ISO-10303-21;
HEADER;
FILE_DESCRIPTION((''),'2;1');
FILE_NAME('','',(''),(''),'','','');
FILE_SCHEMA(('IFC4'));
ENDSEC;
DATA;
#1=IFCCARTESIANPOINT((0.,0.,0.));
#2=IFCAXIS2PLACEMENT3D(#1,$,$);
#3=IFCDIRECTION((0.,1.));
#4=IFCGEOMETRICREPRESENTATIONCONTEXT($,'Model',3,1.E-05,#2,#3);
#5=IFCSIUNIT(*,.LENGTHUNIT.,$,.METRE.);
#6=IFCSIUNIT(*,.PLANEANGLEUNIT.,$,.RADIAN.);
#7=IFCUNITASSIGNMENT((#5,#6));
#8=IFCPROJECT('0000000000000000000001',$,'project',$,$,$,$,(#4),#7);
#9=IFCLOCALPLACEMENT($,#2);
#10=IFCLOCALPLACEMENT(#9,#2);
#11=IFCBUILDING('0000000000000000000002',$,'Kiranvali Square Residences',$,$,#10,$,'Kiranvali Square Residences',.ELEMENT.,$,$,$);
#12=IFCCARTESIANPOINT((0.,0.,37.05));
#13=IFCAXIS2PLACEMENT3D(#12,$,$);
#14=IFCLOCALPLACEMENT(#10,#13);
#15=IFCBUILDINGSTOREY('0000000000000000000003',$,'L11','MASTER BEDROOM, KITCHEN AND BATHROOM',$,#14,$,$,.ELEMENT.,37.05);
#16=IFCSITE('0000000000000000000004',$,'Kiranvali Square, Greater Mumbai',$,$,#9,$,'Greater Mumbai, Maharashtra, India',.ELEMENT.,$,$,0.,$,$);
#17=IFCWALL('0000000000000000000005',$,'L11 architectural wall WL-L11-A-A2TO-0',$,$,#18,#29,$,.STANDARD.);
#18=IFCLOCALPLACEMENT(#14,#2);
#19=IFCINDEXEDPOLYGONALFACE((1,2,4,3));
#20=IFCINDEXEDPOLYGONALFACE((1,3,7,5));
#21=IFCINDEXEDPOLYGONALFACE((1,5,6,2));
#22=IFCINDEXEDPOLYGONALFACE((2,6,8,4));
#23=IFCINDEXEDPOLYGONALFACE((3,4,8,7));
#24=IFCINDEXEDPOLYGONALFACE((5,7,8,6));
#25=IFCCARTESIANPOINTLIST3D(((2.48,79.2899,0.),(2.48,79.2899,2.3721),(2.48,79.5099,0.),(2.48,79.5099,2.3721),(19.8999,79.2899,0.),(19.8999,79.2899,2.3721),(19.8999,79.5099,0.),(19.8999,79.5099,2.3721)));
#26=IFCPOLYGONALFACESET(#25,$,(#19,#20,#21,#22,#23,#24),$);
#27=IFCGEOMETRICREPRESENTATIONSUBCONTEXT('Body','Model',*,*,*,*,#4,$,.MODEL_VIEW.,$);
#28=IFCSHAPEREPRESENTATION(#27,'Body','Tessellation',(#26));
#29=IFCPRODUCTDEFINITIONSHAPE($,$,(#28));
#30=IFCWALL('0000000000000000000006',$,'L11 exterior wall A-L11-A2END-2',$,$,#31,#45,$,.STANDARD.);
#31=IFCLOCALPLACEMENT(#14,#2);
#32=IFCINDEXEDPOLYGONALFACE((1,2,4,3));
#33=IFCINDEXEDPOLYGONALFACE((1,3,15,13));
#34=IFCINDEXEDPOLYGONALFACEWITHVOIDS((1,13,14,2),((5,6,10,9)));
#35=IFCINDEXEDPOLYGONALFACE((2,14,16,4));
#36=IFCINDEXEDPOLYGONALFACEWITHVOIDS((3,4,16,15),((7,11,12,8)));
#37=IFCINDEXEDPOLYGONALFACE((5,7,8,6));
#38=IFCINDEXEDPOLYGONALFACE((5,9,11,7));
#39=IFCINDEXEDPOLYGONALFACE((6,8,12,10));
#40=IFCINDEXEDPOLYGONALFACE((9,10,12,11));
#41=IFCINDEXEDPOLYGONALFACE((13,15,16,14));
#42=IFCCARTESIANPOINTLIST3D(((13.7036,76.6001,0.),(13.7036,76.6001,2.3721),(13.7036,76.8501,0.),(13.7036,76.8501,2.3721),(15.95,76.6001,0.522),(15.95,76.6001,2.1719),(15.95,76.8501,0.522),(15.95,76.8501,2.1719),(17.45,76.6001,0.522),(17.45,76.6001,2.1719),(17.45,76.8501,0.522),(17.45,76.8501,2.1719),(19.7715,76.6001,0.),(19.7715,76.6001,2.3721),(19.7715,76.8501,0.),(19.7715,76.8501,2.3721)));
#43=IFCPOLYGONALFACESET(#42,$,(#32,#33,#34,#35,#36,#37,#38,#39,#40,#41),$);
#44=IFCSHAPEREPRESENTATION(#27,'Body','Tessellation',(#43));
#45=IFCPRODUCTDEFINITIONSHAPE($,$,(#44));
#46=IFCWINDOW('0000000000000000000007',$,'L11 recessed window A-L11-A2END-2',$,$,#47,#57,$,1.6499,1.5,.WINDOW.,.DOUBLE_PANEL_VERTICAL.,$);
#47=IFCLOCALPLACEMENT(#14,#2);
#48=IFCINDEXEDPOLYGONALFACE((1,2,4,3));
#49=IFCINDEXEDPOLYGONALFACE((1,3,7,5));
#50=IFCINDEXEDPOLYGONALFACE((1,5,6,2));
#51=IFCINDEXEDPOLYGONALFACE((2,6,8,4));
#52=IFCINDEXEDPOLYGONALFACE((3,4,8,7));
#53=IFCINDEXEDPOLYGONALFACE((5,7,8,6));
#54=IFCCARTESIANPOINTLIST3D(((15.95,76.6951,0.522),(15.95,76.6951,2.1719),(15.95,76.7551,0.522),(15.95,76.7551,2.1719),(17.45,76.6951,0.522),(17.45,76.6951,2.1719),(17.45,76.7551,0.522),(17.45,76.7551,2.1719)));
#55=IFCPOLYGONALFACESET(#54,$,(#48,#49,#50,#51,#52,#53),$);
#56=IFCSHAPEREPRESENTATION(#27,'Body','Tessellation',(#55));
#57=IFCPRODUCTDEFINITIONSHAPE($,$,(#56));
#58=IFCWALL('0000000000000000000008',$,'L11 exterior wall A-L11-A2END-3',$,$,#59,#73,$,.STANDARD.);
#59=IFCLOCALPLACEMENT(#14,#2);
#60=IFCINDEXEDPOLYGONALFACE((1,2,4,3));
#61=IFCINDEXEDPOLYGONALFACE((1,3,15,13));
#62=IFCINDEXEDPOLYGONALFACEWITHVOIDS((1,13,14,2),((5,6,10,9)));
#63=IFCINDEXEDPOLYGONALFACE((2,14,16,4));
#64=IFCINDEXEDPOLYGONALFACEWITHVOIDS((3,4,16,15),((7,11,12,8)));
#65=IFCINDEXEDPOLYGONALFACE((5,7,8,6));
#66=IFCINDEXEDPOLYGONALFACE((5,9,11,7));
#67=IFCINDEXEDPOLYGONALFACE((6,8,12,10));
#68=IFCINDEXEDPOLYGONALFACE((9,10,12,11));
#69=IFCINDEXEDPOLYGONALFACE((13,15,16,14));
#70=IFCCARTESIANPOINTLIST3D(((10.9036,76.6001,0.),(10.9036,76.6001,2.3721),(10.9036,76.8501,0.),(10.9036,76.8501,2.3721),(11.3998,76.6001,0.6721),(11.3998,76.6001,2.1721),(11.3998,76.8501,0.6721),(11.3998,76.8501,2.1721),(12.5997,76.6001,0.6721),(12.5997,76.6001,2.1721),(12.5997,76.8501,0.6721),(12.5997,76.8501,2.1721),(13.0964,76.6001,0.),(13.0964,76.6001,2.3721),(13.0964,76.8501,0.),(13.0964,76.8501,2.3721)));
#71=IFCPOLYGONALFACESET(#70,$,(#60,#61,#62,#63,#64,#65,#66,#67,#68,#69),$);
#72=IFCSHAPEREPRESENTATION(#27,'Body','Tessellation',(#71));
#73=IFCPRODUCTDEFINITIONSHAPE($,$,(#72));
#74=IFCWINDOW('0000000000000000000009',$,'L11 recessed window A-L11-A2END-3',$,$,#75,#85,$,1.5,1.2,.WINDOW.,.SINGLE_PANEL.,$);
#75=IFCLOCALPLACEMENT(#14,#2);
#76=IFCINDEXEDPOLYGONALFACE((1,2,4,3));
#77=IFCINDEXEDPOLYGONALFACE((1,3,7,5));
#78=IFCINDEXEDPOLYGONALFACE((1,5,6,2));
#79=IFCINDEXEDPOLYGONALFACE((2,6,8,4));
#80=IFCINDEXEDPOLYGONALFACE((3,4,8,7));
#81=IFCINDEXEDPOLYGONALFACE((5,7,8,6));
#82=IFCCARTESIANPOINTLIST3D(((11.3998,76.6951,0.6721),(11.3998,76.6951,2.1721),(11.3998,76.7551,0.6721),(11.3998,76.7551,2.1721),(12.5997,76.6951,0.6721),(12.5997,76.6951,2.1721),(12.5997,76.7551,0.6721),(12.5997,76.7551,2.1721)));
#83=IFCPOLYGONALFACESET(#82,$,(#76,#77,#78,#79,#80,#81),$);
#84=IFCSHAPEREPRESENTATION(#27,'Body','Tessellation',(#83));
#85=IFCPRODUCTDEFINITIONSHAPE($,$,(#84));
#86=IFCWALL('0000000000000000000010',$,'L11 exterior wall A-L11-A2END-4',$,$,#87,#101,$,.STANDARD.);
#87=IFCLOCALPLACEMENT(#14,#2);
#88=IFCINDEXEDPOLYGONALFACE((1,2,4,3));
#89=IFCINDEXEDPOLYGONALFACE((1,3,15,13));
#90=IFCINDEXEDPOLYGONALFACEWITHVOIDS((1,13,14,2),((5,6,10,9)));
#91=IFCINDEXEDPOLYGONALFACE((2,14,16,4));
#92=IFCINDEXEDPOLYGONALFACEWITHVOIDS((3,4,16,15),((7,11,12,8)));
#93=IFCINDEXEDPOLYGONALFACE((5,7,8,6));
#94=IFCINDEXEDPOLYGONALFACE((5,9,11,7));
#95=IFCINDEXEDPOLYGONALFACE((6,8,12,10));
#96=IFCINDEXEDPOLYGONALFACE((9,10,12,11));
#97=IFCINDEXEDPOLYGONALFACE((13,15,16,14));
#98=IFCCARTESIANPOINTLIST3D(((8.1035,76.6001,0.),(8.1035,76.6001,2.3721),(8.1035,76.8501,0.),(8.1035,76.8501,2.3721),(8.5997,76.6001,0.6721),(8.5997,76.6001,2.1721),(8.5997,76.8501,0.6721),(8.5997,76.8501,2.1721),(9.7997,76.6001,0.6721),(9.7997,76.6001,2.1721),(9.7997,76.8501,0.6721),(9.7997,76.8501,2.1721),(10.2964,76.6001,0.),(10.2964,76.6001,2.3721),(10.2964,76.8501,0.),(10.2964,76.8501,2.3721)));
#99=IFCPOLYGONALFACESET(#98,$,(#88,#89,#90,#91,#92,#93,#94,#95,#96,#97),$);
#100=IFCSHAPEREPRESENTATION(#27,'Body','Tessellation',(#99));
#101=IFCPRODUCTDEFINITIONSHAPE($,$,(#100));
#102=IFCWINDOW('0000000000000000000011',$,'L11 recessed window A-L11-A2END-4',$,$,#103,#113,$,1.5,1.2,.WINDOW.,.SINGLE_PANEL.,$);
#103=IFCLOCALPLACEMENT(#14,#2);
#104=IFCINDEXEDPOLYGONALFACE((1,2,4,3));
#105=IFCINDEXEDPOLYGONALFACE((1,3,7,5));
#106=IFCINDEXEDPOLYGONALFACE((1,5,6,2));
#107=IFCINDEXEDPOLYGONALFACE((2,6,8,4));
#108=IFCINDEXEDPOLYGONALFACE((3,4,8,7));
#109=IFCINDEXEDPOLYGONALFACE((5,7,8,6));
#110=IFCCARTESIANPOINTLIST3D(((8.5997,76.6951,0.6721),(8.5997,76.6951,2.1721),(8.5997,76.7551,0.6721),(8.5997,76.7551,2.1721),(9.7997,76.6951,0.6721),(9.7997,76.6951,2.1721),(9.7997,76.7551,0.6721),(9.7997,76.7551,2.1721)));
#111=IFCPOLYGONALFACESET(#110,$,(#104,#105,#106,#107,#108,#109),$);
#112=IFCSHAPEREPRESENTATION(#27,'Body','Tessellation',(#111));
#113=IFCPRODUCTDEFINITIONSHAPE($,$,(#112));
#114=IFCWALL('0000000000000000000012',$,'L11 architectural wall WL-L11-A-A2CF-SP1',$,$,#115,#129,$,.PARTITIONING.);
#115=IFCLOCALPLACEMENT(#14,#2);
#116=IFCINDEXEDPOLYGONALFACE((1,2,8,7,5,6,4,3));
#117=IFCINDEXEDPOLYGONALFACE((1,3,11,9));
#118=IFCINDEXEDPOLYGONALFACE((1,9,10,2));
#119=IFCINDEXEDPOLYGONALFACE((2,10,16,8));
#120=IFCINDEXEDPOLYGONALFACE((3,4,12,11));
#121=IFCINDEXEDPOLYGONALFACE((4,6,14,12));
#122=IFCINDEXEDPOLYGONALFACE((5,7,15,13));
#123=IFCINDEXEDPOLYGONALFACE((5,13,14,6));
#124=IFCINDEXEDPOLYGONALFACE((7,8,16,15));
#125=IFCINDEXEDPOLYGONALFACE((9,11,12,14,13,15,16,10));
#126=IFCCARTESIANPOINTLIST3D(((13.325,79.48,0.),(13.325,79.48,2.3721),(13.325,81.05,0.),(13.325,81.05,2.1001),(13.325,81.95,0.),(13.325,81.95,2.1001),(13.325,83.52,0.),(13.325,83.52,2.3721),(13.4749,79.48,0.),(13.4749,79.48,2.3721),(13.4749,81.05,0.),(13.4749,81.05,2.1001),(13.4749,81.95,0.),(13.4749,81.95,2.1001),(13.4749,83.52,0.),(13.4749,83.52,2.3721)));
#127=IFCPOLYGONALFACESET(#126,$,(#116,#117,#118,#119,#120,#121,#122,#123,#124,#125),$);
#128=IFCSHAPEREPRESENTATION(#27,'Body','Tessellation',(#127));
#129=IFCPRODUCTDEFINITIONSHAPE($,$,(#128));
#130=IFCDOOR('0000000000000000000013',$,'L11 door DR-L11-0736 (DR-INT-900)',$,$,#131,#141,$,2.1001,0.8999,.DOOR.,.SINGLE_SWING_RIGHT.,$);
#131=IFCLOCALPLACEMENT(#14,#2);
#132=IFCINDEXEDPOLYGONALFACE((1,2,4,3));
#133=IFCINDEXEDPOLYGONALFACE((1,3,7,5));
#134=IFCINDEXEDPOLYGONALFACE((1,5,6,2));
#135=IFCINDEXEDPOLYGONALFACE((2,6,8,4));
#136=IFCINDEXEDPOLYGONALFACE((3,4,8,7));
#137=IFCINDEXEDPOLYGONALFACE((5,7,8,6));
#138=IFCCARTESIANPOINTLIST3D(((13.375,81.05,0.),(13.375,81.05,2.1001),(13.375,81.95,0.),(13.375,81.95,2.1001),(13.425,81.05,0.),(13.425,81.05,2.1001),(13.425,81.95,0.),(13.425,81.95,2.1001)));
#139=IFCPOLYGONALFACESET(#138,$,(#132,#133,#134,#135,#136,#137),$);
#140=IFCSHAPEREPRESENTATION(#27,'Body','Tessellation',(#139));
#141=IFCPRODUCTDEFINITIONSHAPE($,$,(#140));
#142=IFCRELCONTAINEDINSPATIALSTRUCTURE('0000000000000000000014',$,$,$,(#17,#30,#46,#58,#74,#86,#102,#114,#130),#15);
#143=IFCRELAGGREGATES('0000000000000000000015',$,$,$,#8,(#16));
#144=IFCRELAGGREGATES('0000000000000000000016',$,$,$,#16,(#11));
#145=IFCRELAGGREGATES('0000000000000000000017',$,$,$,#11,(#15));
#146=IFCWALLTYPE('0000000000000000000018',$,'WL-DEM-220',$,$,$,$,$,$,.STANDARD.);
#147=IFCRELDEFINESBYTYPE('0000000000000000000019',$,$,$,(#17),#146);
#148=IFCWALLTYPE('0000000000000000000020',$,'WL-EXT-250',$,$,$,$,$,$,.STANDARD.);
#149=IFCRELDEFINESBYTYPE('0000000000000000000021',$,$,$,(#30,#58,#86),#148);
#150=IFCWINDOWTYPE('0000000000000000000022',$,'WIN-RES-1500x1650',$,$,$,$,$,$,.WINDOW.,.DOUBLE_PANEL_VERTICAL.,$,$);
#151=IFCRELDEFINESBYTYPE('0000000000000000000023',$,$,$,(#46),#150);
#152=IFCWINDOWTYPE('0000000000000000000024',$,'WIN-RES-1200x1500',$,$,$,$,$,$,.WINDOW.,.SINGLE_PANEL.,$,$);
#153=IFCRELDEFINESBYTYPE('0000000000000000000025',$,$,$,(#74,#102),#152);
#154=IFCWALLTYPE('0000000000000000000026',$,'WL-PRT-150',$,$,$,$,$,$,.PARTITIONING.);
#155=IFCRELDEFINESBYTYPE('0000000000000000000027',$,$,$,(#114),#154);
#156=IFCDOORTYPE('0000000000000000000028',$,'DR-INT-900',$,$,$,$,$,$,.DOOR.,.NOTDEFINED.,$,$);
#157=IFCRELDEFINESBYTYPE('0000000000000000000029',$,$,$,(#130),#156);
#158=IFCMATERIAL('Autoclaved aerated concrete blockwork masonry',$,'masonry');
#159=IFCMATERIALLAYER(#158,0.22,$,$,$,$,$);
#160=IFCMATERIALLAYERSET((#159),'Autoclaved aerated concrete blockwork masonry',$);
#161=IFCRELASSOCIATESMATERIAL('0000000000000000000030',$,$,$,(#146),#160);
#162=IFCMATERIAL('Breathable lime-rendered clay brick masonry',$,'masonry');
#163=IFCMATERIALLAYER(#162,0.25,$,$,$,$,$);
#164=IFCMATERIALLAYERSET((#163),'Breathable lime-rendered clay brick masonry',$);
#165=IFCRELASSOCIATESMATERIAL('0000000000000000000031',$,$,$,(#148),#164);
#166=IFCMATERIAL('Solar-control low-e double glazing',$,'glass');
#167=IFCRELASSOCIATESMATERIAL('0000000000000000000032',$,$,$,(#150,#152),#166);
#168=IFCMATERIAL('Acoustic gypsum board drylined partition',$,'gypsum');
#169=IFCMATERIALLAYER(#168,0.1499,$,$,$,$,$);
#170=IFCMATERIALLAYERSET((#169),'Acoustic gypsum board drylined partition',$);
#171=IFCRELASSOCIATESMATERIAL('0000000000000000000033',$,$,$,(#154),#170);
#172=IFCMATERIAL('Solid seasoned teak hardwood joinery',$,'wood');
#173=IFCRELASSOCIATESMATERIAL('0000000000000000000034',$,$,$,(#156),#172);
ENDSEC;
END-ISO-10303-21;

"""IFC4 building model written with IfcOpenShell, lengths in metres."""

from ifc_helpers import new_model, si_unit, direction, frame, frame_2d, origin, place, context, subcontext, project, spatial, rectangle, extrude, material, layer, layer_set, type_object, element, fill, save


model = new_model("IFC4")

# Units and contexts
model_context = context("Model", 3, precision=1e-05, world=origin(), true_north=direction((0.0, 1.0)))
body_context = subcontext(model_context, "Body", "Model", "MODEL_VIEW")
ifc_project = project(units=[si_unit("LENGTHUNIT", "METRE"), si_unit("PLANEANGLEUNIT", "RADIAN")], contexts=[model_context])

# Site, building, storey
site_placement = place(None, origin())
site = spatial("IfcSite", under=ifc_project, at=site_placement, Name="Kiranvali Square, Greater Mumbai", LongName="Greater Mumbai, Maharashtra, India", CompositionType="ELEMENT", RefElevation=0.0)
building_placement = place(site_placement, origin())
building = spatial("IfcBuilding", under=site, at=building_placement, Name="Kiranvali Square Residences", LongName="Kiranvali Square Residences", CompositionType="ELEMENT")
storey_placement = place(building_placement, frame((0.0, 0.0, 37.05)))
storey = spatial("IfcBuildingStorey", under=building, at=storey_placement, Name="L11", Description="MASTER BEDROOM, KITCHEN AND BATHROOM", CompositionType="ELEMENT", Elevation=37.05)

# Wall
ifc_material_1 = material(Name="Autoclaved aerated concrete blockwork masonry", Category="masonry")
ifc_layer_1 = layer(ifc_material_1, 0.22)
ifc_layer_set_1 = layer_set([ifc_layer_1], Name="Autoclaved aerated concrete blockwork masonry")
wall_type_1 = type_object("IfcWallType", Name="WL-DEM-220", PredefinedType="STANDARD", material=ifc_layer_set_1)
wall_1_placement = place(storey_placement, frame((19.8999, 79.3999, 0.0), z_axis=(0.0, 0.0, 1.0), x_axis=(-1.0, 0.0, 0.0)))
element("IfcWall", 1, at=wall_1_placement, inside=storey, type_object=wall_type_1, Name="L11 architectural wall WL-L11-A-A2TO-0", PredefinedType="STANDARD", context=body_context, shape_type="SweptSolid", body=[
    extrude(rectangle(XDim=17.4199, YDim=0.22, at=frame_2d((8.71, 0.0))), origin(), (0.0, 0.0, 1.0), 2.3721),
])

# Walls, openings, windows
ifc_material_2 = material(Name="Breathable lime-rendered clay brick masonry", Category="masonry")
ifc_layer_2 = layer(ifc_material_2, 0.25)
ifc_layer_set_2 = layer_set([ifc_layer_2], Name="Breathable lime-rendered clay brick masonry")
wall_type_2 = type_object("IfcWallType", Name="WL-EXT-250", PredefinedType="STANDARD", material=ifc_layer_set_2)
wall_2_placement = place(storey_placement, frame((19.7715, 76.7251, 0.0), z_axis=(0.0, 0.0, 1.0), x_axis=(-1.0, 0.0, 0.0)))
wall_2 = element("IfcWall", 2, at=wall_2_placement, inside=storey, type_object=wall_type_2, Name="L11 exterior wall A-L11-A2END-2", PredefinedType="STANDARD", context=body_context, shape_type="SweptSolid", body=[
    extrude(rectangle(XDim=6.0679, YDim=0.25, at=frame_2d((3.0339, 0.0))), origin(), (0.0, 0.0, 1.0), 2.3721),
])
opening_1_placement = place(wall_2_placement, frame((2.3215, 0.0, 0.522)))
opening_1 = element("IfcOpeningElement", 3, at=opening_1_placement, cuts=wall_2, PredefinedType="OPENING", context=body_context, shape_type="SweptSolid", body=[
    extrude(rectangle(XDim=1.5, YDim=1.6499, at=frame_2d((0.75, 0.825))), frame((0.0, 0.135, 0.0), z_axis=(0.0, -1.0, 0.0), x_axis=(1.0, 0.0, 0.0)), (0.0, 0.0, 1.0), 0.27),
])
ifc_material_3 = material(Name="Solar-control low-e double glazing", Category="glass")
window_type_1 = type_object("IfcWindowType", Name="WIN-RES-1500x1650", PartitioningType="DOUBLE_PANEL_VERTICAL", PredefinedType="WINDOW", material=ifc_material_3)
window_1_placement = place(opening_1_placement, origin())
window_1 = element("IfcWindow", 4, at=window_1_placement, inside=storey, type_object=window_type_1, Name="L11 recessed window A-L11-A2END-2", OverallHeight=1.6499, OverallWidth=1.5, PartitioningType="DOUBLE_PANEL_VERTICAL", PredefinedType="WINDOW", context=body_context, shape_type="SweptSolid", body=[
    extrude(rectangle(XDim=1.5, YDim=1.6499, at=frame_2d((0.75, 0.825))), frame((0.0, 0.03, 0.0), z_axis=(0.0, -1.0, 0.0), x_axis=(1.0, 0.0, 0.0)), (0.0, 0.0, 1.0), 0.0601),
])
fill(opening_1, window_1)
wall_3_placement = place(storey_placement, frame((13.0964, 76.7251, 0.0), z_axis=(0.0, 0.0, 1.0), x_axis=(-1.0, 0.0, 0.0)))
wall_3 = element("IfcWall", 5, at=wall_3_placement, inside=storey, type_object=wall_type_2, Name="L11 exterior wall A-L11-A2END-3", PredefinedType="STANDARD", context=body_context, shape_type="SweptSolid", body=[
    extrude(rectangle(XDim=2.1929, YDim=0.25, at=frame_2d((1.0964, 0.0))), origin(), (0.0, 0.0, 1.0), 2.3721),
])
opening_2_placement = place(wall_3_placement, frame((0.4966, 0.0, 0.6721)))
opening_2 = element("IfcOpeningElement", 6, at=opening_2_placement, cuts=wall_3, PredefinedType="OPENING", context=body_context, shape_type="SweptSolid", body=[
    extrude(rectangle(XDim=1.2, YDim=1.5, at=frame_2d((0.6001, 0.75))), frame((0.0, 0.135, 0.0), z_axis=(0.0, -1.0, 0.0), x_axis=(1.0, 0.0, 0.0)), (0.0, 0.0, 1.0), 0.27),
])
window_type_2 = type_object("IfcWindowType", Name="WIN-RES-1200x1500", PartitioningType="SINGLE_PANEL", PredefinedType="WINDOW", material=ifc_material_3)
window_2_placement = place(opening_2_placement, origin())
window_2 = element("IfcWindow", 7, at=window_2_placement, inside=storey, type_object=window_type_2, Name="L11 recessed window A-L11-A2END-3", OverallHeight=1.5, OverallWidth=1.2, PartitioningType="SINGLE_PANEL", PredefinedType="WINDOW", context=body_context, shape_type="SweptSolid", body=[
    extrude(rectangle(XDim=1.2, YDim=1.5, at=frame_2d((0.6001, 0.75))), frame((0.0, 0.03, 0.0), z_axis=(0.0, -1.0, 0.0), x_axis=(1.0, 0.0, 0.0)), (0.0, 0.0, 1.0), 0.0601),
])
fill(opening_2, window_2)
wall_4_placement = place(storey_placement, frame((10.2964, 76.7251, 0.0), z_axis=(0.0, 0.0, 1.0), x_axis=(-1.0, 0.0, 0.0)))
wall_4 = element("IfcWall", 8, at=wall_4_placement, inside=storey, type_object=wall_type_2, Name="L11 exterior wall A-L11-A2END-4", PredefinedType="STANDARD", context=body_context, shape_type="SweptSolid", body=[
    extrude(rectangle(XDim=2.1929, YDim=0.25, at=frame_2d((1.0964, 0.0))), origin(), (0.0, 0.0, 1.0), 2.3721),
])
opening_3_placement = place(wall_4_placement, frame((0.4966, 0.0, 0.6721)))
opening_3 = element("IfcOpeningElement", 9, at=opening_3_placement, cuts=wall_4, PredefinedType="OPENING", context=body_context, shape_type="SweptSolid", body=[
    extrude(rectangle(XDim=1.2, YDim=1.5, at=frame_2d((0.6001, 0.75))), frame((0.0, 0.135, 0.0), z_axis=(0.0, -1.0, 0.0), x_axis=(1.0, 0.0, 0.0)), (0.0, 0.0, 1.0), 0.27),
])
window_3_placement = place(opening_3_placement, origin())
window_3 = element("IfcWindow", 10, at=window_3_placement, inside=storey, type_object=window_type_2, Name="L11 recessed window A-L11-A2END-4", OverallHeight=1.5, OverallWidth=1.2, PartitioningType="SINGLE_PANEL", PredefinedType="WINDOW", context=body_context, shape_type="SweptSolid", body=[
    extrude(rectangle(XDim=1.2, YDim=1.5, at=frame_2d((0.6001, 0.75))), frame((0.0, 0.03, 0.0), z_axis=(0.0, -1.0, 0.0), x_axis=(1.0, 0.0, 0.0)), (0.0, 0.0, 1.0), 0.0601),
])
fill(opening_3, window_3)

# Wall, opening, door
ifc_material_4 = material(Name="Acoustic gypsum board drylined partition", Category="gypsum")
ifc_layer_3 = layer(ifc_material_4, 0.1499)
ifc_layer_set_3 = layer_set([ifc_layer_3], Name="Acoustic gypsum board drylined partition")
wall_type_3 = type_object("IfcWallType", Name="WL-PRT-150", PredefinedType="PARTITIONING", material=ifc_layer_set_3)
wall_5_placement = place(storey_placement, frame((13.3999, 83.52, 0.0), z_axis=(0.0, 0.0, 1.0), x_axis=(0.0, -1.0, 0.0)))
wall_5 = element("IfcWall", 11, at=wall_5_placement, inside=storey, type_object=wall_type_3, Name="L11 architectural wall WL-L11-A-A2CF-SP1", PredefinedType="PARTITIONING", context=body_context, shape_type="SweptSolid", body=[
    extrude(rectangle(XDim=4.04, YDim=0.1499, at=frame_2d((2.02, 0.0))), origin(), (0.0, 0.0, 1.0), 2.3721),
])
opening_4_placement = place(wall_5_placement, frame((1.5701, 0.0, 0.0)))
opening_4 = element("IfcOpeningElement", 12, at=opening_4_placement, cuts=wall_5, PredefinedType="OPENING", context=body_context, shape_type="SweptSolid", body=[
    extrude(rectangle(XDim=0.8999, YDim=2.1001, at=frame_2d((0.45, 1.05))), frame((0.0, 0.085, 0.0), z_axis=(0.0, -1.0, 0.0), x_axis=(1.0, 0.0, 0.0)), (0.0, 0.0, 1.0), 0.1699),
])
ifc_material_5 = material(Name="Solid seasoned teak hardwood joinery", Category="wood")
door_type = type_object("IfcDoorType", Name="DR-INT-900", OperationType="NOTDEFINED", PredefinedType="DOOR", material=ifc_material_5)
door_1_placement = place(opening_4_placement, frame((0.8999, 0.0, 0.0), z_axis=(0.0, 0.0, 1.0), x_axis=(-1.0, 0.0, 0.0)))
door_1 = element("IfcDoor", 13, at=door_1_placement, inside=storey, type_object=door_type, Name="L11 door DR-L11-0736 (DR-INT-900)", OperationType="SINGLE_SWING_RIGHT", OverallHeight=2.1001, OverallWidth=0.8999, PredefinedType="DOOR", context=body_context, shape_type="SweptSolid", body=[
    extrude(rectangle(XDim=0.8999, YDim=2.1001, at=frame_2d((0.45, 1.05))), frame((0.0, 0.0249, 0.0), z_axis=(0.0, -1.0, 0.0), x_axis=(1.0, 0.0, 0.0)), (0.0, 0.0, 1.0), 0.05),
])
fill(opening_4, door_1)

save(model, "model.ifc")
